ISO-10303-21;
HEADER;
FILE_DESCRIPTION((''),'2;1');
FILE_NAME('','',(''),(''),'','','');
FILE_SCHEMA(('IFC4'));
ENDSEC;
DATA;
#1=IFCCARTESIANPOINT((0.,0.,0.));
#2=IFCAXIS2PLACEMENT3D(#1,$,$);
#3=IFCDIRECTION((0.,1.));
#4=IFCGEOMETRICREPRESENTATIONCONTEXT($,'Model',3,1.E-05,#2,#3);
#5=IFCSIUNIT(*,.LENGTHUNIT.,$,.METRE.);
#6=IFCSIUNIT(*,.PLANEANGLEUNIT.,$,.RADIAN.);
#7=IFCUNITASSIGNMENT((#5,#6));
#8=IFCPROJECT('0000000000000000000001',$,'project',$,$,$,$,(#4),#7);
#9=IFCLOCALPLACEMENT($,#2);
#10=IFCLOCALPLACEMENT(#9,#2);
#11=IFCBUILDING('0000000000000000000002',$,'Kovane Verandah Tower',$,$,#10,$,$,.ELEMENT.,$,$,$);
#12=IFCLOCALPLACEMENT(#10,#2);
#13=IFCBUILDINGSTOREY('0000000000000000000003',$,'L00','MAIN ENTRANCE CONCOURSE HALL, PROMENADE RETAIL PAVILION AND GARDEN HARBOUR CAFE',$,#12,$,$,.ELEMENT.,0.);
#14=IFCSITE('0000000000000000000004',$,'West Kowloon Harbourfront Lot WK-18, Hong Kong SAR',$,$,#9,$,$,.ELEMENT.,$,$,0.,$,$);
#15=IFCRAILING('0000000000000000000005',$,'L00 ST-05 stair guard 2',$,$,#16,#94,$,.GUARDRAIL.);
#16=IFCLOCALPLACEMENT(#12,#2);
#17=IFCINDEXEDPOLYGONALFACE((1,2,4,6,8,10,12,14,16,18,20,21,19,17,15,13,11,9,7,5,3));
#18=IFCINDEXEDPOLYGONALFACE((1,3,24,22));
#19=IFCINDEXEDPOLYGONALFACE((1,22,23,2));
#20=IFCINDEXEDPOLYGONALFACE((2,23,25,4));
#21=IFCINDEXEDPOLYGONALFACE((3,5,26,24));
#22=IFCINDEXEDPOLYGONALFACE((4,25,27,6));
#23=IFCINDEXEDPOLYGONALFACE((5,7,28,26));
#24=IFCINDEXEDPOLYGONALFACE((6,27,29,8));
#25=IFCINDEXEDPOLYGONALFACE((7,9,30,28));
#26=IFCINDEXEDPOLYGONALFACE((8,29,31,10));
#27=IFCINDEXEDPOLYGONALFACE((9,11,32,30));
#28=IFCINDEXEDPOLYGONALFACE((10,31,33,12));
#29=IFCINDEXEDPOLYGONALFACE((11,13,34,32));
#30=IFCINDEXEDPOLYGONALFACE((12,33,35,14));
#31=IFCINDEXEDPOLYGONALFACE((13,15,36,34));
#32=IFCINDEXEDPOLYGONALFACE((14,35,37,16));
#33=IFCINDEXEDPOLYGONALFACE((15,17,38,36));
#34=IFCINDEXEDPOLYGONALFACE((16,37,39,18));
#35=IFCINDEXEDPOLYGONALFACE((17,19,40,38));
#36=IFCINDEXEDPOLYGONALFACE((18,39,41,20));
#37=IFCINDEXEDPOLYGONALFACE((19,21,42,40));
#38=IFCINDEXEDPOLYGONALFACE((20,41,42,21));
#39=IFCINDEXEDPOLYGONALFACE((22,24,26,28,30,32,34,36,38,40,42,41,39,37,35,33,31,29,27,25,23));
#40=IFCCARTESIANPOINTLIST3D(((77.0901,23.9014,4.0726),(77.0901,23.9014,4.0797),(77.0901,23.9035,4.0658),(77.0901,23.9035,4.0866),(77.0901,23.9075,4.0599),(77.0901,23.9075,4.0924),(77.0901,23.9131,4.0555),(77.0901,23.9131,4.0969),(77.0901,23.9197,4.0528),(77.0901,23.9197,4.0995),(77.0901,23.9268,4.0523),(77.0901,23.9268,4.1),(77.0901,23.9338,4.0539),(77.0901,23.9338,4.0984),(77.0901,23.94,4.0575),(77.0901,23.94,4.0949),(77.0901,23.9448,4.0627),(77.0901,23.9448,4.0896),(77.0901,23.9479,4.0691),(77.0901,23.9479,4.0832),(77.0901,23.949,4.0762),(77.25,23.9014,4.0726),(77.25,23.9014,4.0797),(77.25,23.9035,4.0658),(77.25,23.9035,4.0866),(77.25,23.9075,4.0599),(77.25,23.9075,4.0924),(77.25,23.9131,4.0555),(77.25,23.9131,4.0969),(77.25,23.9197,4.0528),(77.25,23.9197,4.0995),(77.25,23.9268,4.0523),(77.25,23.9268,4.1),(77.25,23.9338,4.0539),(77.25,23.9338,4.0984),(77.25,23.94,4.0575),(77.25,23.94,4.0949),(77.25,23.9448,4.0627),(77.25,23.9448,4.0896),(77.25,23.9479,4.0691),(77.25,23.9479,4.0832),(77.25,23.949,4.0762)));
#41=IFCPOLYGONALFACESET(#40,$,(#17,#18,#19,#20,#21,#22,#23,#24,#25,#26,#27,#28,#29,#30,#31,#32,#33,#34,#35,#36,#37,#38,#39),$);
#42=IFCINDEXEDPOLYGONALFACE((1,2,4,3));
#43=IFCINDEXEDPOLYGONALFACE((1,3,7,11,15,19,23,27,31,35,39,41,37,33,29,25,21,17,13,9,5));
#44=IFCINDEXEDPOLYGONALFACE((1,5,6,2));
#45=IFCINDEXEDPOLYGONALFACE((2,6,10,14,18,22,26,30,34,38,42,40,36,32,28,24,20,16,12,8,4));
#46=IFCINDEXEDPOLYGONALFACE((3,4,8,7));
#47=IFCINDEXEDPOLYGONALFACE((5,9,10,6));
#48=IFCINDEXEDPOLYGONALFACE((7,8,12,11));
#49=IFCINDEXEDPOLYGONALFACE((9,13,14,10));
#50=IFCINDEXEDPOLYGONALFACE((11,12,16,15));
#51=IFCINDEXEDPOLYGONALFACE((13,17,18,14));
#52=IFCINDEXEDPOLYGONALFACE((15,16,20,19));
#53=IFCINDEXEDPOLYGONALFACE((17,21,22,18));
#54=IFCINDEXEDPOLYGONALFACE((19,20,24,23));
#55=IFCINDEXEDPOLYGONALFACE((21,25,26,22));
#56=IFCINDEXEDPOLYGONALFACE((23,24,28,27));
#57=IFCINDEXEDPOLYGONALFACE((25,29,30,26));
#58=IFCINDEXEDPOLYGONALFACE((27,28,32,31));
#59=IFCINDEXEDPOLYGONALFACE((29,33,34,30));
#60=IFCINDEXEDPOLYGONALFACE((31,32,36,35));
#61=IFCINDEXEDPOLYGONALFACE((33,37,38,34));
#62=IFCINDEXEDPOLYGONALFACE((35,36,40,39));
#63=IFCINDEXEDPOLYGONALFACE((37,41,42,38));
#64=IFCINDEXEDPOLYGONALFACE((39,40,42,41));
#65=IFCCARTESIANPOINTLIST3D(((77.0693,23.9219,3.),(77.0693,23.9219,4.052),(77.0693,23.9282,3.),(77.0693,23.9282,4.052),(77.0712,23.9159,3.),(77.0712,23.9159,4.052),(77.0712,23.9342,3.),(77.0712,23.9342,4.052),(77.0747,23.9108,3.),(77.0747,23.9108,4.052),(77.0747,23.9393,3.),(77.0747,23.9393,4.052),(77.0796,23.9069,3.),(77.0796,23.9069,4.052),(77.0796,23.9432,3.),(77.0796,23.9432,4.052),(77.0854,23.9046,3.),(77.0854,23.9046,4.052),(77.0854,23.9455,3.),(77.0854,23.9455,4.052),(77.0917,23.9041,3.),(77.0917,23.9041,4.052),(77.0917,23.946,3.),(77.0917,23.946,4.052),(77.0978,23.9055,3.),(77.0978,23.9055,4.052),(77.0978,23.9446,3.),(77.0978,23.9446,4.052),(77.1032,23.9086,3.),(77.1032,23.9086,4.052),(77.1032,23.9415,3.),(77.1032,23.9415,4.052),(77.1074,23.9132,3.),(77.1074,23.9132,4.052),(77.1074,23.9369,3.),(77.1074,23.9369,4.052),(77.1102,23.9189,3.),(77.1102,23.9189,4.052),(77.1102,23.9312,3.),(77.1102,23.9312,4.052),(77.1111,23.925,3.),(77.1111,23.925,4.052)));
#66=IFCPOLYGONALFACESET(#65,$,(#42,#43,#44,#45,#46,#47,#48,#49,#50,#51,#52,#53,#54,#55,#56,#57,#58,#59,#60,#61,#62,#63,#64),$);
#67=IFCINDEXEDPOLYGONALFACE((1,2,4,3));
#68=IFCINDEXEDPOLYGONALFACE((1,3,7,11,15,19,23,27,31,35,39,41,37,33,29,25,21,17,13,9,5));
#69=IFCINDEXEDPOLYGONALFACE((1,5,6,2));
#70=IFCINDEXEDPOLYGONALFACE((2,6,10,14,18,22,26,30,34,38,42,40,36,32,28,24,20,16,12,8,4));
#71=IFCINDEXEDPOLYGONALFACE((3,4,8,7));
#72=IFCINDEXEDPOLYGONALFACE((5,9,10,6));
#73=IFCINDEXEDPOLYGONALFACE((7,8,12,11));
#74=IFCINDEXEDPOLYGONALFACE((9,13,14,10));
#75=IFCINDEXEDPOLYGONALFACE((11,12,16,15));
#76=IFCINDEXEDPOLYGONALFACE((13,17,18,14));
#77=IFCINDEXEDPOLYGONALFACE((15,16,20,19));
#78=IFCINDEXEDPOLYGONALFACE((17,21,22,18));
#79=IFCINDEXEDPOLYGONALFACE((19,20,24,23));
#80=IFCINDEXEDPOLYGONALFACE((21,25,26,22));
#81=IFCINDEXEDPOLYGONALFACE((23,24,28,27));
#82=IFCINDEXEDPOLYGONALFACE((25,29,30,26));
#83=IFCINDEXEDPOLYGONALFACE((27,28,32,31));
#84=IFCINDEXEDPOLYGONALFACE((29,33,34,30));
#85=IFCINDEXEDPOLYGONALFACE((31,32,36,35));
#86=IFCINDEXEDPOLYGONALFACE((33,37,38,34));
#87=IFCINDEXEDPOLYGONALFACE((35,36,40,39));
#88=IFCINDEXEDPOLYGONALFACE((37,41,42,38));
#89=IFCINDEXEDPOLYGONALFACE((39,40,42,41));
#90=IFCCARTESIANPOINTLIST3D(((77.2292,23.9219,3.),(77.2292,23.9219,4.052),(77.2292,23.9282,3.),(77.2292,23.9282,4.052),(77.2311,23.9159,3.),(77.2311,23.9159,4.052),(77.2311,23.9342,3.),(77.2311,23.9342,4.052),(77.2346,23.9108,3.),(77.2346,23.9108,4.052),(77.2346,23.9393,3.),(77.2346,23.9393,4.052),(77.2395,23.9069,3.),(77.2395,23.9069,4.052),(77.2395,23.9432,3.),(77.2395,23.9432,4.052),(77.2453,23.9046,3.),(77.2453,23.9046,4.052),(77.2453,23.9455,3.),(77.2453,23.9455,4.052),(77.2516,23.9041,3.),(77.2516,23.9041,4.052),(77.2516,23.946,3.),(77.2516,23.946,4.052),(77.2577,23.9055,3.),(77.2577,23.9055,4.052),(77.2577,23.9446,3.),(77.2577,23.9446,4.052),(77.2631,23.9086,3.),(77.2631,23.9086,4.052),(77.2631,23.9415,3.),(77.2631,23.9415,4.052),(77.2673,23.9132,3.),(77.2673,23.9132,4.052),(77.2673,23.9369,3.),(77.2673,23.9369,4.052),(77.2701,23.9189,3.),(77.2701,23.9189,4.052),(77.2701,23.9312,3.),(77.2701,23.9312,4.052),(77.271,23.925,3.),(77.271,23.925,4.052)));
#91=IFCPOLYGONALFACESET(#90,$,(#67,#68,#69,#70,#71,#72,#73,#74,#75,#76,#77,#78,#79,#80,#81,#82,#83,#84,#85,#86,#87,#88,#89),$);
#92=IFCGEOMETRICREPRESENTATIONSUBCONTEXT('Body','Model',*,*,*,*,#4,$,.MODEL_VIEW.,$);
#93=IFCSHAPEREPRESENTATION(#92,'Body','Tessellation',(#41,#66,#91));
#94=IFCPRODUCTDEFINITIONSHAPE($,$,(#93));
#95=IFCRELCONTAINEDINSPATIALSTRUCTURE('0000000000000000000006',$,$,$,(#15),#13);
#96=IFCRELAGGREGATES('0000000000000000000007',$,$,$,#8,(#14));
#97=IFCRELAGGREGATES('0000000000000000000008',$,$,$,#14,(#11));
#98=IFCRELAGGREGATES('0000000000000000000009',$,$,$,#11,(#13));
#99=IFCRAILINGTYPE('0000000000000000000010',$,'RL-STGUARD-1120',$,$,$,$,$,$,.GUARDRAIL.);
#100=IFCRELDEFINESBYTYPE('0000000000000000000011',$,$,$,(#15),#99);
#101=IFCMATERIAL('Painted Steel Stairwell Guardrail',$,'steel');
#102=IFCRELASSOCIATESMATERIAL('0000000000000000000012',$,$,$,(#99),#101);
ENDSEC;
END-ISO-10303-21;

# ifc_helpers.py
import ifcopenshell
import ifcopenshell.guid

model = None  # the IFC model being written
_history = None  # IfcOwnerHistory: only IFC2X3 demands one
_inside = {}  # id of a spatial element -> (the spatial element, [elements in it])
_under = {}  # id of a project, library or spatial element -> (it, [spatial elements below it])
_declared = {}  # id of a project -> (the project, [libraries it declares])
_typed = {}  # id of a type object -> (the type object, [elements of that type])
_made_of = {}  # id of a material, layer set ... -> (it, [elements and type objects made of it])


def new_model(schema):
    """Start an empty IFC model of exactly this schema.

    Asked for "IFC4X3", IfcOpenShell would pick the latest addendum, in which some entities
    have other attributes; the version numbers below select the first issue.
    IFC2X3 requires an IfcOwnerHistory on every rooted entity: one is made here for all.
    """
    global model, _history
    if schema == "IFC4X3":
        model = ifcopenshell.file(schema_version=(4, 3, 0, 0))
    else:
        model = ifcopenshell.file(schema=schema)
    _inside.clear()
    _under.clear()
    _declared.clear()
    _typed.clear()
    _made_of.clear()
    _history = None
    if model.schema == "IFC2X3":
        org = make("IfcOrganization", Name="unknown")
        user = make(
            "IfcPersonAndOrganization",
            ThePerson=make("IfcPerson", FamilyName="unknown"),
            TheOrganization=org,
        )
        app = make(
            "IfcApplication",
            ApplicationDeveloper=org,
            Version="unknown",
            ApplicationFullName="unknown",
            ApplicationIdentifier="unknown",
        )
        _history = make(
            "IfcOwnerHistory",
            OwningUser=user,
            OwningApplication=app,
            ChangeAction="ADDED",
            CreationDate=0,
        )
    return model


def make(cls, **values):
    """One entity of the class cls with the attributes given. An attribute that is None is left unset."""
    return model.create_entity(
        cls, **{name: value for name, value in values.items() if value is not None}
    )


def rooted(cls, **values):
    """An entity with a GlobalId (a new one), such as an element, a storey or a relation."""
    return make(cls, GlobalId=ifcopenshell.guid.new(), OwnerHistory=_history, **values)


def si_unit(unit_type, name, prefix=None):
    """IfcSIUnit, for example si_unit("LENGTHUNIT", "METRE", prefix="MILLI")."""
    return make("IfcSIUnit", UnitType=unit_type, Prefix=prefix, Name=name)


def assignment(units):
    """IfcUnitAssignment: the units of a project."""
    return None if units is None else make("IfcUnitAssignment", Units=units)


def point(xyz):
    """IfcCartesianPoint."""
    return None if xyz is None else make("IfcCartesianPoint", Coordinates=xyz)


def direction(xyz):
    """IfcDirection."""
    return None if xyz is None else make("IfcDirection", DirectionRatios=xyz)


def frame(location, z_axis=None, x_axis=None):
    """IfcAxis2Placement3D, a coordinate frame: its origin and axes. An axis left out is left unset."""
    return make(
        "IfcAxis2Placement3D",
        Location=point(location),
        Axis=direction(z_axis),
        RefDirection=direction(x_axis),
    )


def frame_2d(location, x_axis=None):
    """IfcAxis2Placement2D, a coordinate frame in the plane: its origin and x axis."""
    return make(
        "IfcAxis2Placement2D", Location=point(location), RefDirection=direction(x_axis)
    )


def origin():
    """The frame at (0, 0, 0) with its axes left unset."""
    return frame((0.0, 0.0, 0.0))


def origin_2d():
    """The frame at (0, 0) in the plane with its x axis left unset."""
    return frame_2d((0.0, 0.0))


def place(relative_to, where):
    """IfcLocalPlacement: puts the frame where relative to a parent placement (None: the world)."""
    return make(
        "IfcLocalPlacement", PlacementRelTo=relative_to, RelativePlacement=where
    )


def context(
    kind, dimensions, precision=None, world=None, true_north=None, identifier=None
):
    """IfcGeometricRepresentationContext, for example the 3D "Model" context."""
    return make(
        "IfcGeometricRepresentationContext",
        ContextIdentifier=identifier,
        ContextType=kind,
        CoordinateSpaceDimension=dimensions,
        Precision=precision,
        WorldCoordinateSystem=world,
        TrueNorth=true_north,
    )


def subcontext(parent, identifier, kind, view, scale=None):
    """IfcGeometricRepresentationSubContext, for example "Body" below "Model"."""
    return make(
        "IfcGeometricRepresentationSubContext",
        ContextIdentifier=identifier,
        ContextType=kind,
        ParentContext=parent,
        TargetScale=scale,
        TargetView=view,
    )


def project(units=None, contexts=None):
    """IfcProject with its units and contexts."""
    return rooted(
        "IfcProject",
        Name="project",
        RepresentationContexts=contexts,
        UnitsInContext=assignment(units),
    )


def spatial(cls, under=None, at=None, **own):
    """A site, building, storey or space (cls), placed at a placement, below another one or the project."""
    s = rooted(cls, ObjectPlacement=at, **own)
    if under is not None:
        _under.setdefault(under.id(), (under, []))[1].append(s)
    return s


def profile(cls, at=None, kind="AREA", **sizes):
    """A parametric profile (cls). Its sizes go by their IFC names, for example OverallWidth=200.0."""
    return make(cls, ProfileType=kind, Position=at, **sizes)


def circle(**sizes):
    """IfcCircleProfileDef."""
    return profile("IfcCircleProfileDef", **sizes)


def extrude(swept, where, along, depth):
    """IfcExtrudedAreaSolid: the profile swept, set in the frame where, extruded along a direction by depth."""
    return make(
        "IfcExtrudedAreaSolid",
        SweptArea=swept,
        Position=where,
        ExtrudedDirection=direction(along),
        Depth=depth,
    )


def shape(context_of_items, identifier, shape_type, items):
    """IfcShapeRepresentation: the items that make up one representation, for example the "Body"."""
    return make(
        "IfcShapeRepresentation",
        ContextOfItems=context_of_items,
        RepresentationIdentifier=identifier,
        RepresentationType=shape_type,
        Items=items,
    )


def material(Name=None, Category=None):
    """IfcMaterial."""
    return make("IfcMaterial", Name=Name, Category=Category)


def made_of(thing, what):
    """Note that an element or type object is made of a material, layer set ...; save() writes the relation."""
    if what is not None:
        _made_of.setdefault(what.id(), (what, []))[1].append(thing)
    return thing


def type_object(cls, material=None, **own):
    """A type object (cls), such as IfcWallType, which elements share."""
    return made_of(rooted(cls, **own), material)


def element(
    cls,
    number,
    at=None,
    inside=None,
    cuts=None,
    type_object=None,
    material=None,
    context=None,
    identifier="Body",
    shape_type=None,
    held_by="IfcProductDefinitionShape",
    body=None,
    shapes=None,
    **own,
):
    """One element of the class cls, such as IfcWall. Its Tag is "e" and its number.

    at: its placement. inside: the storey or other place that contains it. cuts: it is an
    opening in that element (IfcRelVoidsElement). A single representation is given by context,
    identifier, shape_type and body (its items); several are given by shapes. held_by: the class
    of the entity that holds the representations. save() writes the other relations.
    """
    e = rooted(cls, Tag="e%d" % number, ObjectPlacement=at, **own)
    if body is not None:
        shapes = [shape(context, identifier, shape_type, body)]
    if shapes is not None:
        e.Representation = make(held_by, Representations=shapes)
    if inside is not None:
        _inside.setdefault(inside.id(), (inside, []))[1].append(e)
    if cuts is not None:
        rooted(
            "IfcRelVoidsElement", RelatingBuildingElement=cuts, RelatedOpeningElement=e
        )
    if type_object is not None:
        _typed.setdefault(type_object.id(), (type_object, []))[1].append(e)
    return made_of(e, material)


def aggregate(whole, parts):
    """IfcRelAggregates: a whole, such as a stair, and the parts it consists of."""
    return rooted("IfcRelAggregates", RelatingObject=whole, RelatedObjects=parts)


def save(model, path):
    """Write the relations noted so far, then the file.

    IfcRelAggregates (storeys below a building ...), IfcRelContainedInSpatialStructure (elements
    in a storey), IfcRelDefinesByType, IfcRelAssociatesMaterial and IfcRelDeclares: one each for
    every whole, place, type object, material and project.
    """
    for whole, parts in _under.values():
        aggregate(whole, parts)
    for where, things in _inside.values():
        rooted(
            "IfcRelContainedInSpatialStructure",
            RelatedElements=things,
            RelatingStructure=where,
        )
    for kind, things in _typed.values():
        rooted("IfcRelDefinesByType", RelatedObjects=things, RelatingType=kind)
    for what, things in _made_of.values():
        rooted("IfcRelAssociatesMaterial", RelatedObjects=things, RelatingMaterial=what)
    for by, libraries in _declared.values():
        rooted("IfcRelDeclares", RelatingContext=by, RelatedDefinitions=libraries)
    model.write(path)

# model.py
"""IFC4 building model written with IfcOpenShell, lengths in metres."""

from ifc_helpers import new_model, si_unit, direction, frame, origin, origin_2d, place, context, subcontext, project, spatial, circle, extrude, material, type_object, element, save


model = new_model("IFC4")

# Units and contexts
model_context = context("Model", 3, precision=1e-05, world=origin(), true_north=direction((0.0, 1.0)))
body_context = subcontext(model_context, "Body", "Model", "MODEL_VIEW")
ifc_project = project(units=[si_unit("LENGTHUNIT", "METRE"), si_unit("PLANEANGLEUNIT", "RADIAN")], contexts=[model_context])

# Site, building, storey
site_placement = place(None, origin())
site = spatial("IfcSite", under=ifc_project, at=site_placement, Name="West Kowloon Harbourfront Lot WK-18, Hong Kong SAR", CompositionType="ELEMENT", RefElevation=0.0)
building_placement = place(site_placement, origin())
building = spatial("IfcBuilding", under=site, at=building_placement, Name="Kovane Verandah Tower", CompositionType="ELEMENT")
storey_placement = place(building_placement, origin())
storey = spatial("IfcBuildingStorey", under=building, at=storey_placement, Name="L00", Description="MAIN ENTRANCE CONCOURSE HALL, PROMENADE RETAIL PAVILION AND GARDEN HARBOUR CAFE", CompositionType="ELEMENT", Elevation=0.0)

# Railing
ifc_material_1 = material(Name="Painted Steel Stairwell Guardrail", Category="steel")
railing_type_1 = type_object("IfcRailingType", Name="RL-STGUARD-1120", PredefinedType="GUARDRAIL", material=ifc_material_1)
railing_1_placement = place(storey_placement, frame((77.0901, 23.925, 3.0)))
element("IfcRailing", 1, at=railing_1_placement, inside=storey, type_object=railing_type_1, Name="L00 ST-05 stair guard 2", PredefinedType="GUARDRAIL", context=body_context, shape_type="SweptSolid", body=[
    extrude(circle(Radius=0.0239, at=origin_2d()), frame((0.0, 0.0, 1.0762), z_axis=(1.0, 0.0, 0.0), x_axis=(0.0, 1.0, 0.0)), (0.0, 0.0, 1.0), 0.1599),
    extrude(circle(Radius=0.021, at=origin_2d()), origin(), (0.0, 0.0, 1.0), 1.052),
    extrude(circle(Radius=0.021, at=origin_2d()), frame((0.1599, 0.0, 0.0)), (0.0, 0.0, 1.0), 1.052),
])

save(model, "model.ifc")
